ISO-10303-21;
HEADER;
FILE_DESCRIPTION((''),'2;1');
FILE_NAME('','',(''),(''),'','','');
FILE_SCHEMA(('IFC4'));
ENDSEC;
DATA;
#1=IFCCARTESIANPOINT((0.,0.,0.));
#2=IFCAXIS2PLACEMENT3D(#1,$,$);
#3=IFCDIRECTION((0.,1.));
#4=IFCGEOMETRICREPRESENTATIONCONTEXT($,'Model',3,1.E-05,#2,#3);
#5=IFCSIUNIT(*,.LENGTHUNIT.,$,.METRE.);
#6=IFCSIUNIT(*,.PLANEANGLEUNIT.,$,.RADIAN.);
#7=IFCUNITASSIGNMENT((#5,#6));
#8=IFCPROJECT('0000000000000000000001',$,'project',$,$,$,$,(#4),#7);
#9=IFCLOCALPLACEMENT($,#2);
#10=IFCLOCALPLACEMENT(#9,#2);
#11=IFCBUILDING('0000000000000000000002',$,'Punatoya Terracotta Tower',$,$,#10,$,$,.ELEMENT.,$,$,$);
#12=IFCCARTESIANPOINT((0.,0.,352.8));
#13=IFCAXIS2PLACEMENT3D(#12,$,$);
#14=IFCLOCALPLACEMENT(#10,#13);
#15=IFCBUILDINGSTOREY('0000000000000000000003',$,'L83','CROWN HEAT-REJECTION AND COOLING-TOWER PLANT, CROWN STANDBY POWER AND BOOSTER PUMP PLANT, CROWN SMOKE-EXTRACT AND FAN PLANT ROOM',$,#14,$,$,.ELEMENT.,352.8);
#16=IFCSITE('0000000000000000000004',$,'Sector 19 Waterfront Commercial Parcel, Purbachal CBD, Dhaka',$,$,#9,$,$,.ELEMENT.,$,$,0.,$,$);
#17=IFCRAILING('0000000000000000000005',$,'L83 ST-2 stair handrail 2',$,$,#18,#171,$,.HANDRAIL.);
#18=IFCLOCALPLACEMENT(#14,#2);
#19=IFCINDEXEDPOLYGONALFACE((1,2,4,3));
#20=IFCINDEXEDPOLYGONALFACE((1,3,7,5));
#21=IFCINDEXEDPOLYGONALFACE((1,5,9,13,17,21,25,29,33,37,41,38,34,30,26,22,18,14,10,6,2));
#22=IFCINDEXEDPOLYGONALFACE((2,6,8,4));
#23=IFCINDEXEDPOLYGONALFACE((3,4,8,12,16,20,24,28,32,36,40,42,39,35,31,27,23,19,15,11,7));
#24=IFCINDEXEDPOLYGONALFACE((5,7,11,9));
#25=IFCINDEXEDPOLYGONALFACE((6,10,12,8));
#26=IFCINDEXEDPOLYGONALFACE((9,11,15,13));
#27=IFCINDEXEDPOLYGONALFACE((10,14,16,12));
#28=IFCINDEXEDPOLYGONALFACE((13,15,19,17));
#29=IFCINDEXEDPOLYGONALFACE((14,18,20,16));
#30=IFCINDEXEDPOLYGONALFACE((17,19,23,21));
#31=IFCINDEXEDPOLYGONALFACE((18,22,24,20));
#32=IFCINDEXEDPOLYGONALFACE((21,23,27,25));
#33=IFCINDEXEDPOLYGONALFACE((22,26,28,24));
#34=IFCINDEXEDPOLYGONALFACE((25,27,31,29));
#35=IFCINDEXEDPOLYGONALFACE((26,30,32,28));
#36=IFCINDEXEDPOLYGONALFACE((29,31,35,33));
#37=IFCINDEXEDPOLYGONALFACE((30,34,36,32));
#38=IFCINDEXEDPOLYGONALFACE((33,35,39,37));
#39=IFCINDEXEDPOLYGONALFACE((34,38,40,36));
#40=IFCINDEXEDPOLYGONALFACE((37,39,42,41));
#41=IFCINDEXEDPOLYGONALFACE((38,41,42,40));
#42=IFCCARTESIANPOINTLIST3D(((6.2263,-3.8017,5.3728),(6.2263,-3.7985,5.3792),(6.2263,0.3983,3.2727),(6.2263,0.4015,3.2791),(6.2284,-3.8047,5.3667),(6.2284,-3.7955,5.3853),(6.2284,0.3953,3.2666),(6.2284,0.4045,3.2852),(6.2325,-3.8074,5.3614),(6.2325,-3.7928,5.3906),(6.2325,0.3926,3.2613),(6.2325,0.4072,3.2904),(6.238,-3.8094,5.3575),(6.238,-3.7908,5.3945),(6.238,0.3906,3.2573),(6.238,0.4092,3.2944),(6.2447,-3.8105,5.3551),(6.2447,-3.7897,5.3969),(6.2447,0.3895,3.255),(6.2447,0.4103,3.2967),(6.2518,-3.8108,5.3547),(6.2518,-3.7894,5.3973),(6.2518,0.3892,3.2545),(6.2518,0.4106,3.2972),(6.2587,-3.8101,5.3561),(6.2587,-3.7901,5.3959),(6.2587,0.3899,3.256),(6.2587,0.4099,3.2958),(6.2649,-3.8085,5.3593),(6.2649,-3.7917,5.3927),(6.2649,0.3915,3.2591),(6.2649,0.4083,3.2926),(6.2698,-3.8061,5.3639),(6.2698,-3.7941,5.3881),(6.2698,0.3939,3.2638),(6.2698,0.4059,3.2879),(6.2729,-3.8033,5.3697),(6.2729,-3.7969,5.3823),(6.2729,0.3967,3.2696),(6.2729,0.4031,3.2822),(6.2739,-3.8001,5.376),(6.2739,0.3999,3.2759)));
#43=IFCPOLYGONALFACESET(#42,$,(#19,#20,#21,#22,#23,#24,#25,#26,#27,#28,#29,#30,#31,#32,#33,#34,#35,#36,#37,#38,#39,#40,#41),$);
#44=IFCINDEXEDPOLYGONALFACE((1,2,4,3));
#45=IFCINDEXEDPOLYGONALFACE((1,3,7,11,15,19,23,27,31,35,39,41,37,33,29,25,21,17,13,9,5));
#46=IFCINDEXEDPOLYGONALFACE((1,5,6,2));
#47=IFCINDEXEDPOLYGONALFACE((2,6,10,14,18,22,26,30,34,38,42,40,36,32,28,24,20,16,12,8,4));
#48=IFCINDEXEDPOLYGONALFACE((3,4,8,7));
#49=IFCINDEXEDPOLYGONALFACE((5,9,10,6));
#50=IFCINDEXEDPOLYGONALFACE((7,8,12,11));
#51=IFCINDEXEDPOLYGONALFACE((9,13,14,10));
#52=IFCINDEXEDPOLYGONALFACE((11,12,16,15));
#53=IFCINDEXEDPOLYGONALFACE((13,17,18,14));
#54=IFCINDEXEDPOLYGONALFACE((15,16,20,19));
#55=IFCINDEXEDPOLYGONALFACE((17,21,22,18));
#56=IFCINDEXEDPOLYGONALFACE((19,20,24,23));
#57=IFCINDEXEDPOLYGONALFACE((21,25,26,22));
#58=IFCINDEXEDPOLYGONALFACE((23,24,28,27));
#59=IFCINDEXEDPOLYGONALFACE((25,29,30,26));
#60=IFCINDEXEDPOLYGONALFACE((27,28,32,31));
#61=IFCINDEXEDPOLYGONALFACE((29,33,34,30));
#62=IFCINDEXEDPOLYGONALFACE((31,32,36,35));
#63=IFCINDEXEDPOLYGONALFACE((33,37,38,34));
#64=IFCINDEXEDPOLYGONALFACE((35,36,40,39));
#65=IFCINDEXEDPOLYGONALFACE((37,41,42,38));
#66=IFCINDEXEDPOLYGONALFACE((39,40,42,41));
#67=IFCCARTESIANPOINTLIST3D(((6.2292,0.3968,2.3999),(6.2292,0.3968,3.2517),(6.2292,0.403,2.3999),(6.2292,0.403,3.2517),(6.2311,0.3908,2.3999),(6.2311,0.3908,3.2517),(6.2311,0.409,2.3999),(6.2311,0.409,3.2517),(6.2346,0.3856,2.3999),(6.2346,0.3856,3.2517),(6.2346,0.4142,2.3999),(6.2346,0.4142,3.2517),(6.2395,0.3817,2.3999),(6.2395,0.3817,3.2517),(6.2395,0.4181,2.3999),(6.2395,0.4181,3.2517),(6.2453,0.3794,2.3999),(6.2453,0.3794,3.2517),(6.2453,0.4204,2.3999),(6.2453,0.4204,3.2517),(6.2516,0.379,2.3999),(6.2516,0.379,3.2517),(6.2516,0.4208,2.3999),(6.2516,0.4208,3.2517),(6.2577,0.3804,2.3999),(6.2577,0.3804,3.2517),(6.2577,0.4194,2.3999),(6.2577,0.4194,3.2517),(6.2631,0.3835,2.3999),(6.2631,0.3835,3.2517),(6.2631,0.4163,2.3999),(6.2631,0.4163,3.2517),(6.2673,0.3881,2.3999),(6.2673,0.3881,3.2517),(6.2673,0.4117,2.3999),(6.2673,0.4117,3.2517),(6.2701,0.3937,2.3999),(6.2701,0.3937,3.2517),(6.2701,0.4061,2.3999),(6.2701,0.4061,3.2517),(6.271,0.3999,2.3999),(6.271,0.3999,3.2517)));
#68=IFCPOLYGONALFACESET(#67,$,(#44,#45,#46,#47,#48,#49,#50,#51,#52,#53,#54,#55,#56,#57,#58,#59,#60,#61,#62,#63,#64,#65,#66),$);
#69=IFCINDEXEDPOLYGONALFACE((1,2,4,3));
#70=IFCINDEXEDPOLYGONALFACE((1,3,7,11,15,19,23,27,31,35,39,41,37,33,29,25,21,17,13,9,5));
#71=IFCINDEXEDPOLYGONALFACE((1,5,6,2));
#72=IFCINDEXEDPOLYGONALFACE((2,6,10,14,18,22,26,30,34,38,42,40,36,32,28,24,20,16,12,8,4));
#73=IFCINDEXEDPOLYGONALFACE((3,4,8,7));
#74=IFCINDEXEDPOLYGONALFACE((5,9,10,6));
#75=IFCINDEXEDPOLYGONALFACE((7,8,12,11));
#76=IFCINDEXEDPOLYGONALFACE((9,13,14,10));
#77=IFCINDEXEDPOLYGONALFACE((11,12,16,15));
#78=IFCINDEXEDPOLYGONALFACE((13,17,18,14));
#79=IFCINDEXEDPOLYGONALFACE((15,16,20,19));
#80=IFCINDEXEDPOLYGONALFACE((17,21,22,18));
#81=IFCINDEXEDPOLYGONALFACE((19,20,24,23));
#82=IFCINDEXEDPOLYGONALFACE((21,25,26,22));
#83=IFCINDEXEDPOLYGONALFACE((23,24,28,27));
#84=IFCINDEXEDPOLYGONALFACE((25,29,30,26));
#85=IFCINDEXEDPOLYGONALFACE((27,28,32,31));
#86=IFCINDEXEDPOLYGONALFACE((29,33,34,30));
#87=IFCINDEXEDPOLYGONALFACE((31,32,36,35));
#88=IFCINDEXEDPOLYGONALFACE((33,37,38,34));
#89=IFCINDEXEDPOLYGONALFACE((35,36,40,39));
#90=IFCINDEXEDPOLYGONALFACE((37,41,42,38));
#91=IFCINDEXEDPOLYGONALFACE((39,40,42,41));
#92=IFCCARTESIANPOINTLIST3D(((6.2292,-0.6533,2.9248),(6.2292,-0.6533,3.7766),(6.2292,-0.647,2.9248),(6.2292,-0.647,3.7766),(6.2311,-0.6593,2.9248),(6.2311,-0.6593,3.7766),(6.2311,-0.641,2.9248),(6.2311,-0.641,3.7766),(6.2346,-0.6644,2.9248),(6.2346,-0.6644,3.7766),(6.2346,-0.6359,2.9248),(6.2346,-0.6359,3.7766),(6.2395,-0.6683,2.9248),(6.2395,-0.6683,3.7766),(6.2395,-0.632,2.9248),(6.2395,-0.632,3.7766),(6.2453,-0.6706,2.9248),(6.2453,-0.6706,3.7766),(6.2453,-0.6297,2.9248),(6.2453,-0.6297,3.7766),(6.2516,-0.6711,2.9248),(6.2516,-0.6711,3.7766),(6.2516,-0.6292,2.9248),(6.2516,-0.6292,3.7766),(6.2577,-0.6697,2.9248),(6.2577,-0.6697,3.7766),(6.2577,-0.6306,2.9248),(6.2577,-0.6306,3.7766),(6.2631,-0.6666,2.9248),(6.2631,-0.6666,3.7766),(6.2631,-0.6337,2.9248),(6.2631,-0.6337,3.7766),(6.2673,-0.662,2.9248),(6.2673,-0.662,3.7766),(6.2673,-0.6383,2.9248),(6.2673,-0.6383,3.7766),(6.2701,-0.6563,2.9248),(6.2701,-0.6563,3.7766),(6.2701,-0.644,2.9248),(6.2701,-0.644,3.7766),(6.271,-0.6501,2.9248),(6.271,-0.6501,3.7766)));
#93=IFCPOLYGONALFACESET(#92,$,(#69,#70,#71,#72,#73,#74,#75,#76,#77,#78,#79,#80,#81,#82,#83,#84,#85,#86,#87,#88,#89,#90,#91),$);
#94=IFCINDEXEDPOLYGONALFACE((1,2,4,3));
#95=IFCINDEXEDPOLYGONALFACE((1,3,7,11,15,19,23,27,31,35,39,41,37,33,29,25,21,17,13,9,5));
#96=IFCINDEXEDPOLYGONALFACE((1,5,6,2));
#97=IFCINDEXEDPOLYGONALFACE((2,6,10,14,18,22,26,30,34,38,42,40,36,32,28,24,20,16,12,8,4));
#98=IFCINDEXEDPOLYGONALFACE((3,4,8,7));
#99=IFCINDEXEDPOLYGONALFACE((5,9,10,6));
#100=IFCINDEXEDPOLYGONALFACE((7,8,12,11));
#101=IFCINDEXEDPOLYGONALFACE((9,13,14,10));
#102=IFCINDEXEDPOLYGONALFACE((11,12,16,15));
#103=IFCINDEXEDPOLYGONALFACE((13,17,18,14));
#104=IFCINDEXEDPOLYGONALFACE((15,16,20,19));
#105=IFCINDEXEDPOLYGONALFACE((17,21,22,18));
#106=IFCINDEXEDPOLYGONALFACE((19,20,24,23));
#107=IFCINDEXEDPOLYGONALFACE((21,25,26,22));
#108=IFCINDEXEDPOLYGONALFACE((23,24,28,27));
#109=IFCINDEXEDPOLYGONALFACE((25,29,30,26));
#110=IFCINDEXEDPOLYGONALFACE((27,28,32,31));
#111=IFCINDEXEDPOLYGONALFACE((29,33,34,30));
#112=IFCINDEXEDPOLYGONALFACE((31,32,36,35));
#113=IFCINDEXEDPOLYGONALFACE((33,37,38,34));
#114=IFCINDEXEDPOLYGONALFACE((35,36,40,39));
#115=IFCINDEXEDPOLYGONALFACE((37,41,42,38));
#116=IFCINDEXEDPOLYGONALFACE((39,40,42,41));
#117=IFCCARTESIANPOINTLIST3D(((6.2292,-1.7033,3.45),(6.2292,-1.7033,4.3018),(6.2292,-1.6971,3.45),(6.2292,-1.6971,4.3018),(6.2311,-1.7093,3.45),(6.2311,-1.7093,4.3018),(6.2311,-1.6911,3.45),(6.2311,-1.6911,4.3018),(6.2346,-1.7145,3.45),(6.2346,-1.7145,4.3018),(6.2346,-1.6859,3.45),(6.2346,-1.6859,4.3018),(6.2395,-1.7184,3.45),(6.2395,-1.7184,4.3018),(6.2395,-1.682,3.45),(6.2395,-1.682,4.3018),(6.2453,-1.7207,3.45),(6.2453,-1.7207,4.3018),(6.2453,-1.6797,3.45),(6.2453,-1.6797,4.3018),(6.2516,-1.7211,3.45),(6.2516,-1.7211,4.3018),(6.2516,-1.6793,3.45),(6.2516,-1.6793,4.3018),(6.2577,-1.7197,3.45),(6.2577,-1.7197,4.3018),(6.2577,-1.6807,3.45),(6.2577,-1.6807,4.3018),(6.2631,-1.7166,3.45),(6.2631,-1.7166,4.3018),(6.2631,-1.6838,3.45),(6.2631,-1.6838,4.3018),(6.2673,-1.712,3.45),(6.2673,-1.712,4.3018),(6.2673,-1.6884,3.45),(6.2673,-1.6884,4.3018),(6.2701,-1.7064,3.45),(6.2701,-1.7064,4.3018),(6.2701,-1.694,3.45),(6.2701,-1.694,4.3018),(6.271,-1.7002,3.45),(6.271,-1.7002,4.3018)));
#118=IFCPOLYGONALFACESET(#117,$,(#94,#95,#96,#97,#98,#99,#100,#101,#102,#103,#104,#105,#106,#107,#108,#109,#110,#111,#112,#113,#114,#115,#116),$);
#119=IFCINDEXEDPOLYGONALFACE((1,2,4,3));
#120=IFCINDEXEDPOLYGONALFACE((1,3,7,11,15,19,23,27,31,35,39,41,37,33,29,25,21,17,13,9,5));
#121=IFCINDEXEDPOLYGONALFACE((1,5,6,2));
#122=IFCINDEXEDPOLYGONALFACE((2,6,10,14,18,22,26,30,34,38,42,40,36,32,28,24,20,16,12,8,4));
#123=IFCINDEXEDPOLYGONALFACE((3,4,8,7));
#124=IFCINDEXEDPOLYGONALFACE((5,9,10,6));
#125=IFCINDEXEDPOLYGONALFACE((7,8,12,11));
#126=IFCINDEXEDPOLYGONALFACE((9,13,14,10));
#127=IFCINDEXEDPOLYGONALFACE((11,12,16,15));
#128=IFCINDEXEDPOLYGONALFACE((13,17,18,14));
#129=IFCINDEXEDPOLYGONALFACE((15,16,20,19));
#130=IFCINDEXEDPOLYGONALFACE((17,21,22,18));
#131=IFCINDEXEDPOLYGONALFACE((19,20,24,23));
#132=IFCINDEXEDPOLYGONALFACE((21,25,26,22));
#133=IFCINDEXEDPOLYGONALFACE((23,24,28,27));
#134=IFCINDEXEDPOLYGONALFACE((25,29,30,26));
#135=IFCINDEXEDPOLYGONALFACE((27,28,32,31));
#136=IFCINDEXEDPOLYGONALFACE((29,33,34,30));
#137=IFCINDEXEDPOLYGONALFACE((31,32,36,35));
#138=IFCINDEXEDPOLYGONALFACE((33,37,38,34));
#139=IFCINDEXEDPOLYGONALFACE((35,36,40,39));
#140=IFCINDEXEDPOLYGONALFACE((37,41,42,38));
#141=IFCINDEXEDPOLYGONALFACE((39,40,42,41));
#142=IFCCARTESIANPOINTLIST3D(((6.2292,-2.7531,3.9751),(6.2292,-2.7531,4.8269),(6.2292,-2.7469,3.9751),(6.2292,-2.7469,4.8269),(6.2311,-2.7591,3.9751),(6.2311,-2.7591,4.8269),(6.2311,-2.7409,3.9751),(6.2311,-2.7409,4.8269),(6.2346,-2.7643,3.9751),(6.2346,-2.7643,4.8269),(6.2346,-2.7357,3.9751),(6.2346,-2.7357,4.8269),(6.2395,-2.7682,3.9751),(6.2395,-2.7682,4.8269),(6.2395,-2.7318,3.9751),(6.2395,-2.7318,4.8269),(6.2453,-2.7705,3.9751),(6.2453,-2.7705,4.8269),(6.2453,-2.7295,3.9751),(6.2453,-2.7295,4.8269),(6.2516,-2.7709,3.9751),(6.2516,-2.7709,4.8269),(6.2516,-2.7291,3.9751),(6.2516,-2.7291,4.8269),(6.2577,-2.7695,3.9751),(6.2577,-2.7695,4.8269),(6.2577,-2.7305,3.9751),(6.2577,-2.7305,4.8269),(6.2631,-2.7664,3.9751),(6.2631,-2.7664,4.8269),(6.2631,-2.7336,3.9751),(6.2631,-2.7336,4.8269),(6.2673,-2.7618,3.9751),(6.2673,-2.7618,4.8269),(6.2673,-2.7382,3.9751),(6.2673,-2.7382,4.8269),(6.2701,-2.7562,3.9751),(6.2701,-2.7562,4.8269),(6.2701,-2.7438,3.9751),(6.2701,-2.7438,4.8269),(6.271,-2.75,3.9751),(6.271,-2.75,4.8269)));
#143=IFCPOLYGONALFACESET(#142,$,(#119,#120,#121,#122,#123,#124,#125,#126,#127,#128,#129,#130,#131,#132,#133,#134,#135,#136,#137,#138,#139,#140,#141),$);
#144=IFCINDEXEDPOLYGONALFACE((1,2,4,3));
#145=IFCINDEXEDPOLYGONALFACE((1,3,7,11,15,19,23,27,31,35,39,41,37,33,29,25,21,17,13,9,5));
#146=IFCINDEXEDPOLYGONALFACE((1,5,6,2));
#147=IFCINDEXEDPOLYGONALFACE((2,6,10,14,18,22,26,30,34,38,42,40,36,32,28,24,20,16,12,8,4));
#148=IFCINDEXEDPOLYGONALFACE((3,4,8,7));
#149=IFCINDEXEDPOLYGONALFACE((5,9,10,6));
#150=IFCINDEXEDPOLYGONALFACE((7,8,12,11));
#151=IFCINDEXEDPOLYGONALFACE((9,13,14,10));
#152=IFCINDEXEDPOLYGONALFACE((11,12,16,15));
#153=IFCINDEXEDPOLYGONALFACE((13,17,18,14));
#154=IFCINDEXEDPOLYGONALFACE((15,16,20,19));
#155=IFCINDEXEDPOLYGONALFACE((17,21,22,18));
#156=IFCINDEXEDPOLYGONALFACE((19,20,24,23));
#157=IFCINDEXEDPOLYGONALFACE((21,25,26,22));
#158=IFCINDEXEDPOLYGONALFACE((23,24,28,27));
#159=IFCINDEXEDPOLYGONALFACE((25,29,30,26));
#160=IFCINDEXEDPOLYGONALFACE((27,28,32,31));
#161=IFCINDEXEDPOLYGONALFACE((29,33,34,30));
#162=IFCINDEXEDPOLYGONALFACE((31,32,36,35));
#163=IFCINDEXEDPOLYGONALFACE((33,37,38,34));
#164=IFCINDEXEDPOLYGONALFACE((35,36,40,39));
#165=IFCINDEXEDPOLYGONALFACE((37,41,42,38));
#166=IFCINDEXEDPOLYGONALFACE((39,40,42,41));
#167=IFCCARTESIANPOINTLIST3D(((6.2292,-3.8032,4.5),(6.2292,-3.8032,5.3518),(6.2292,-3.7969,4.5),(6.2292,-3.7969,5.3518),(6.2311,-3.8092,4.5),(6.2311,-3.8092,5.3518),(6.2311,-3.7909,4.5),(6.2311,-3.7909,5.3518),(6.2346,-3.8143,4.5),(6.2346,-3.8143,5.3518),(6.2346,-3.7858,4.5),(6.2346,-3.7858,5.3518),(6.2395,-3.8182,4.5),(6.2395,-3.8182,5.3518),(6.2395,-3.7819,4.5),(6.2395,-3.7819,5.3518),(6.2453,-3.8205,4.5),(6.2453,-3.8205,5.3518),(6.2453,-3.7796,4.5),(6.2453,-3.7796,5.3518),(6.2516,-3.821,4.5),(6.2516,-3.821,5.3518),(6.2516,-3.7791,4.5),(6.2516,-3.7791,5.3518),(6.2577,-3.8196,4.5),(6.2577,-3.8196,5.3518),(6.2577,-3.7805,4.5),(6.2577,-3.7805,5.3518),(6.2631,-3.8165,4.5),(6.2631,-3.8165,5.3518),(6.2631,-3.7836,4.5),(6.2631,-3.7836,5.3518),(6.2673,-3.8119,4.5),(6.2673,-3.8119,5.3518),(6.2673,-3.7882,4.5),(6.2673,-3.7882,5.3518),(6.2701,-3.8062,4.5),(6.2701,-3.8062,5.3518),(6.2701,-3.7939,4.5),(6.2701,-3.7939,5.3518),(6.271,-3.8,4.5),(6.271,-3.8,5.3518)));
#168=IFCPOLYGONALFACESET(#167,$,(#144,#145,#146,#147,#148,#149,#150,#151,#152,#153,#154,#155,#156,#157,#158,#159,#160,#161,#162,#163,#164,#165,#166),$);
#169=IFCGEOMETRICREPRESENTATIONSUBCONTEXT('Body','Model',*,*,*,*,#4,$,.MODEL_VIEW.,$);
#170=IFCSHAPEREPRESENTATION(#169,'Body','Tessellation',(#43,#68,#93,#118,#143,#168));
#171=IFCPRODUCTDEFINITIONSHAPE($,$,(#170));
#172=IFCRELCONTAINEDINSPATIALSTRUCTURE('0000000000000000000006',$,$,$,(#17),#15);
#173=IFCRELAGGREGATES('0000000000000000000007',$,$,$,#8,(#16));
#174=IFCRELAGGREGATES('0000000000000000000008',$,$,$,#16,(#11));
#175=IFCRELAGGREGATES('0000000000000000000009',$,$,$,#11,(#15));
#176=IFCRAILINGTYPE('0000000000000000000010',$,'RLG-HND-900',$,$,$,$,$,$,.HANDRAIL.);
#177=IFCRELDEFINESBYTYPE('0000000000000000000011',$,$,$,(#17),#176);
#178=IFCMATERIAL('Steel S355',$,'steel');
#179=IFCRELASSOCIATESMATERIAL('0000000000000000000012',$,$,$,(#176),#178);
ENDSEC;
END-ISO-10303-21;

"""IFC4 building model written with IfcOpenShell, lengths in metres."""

from ifc_helpers import new_model, si_unit, direction, frame, origin, origin_2d, place, context, subcontext, project, spatial, circle, extrude, material, type_object, element, save


model = new_model("IFC4")

# Units and contexts
model_context = context("Model", 3, precision=1e-05, world=origin(), true_north=direction((0.0, 1.0)))
body_context = subcontext(model_context, "Body", "Model", "MODEL_VIEW")
ifc_project = project(units=[si_unit("LENGTHUNIT", "METRE"), si_unit("PLANEANGLEUNIT", "RADIAN")], contexts=[model_context])

# Site, building, storey
site_placement = place(None, origin())
site = spatial("IfcSite", under=ifc_project, at=site_placement, Name="Sector 19 Waterfront Commercial Parcel, Purbachal CBD, Dhaka", CompositionType="ELEMENT", RefElevation=0.0)
building_placement = place(site_placement, origin())
building = spatial("IfcBuilding", under=site, at=building_placement, Name="Punatoya Terracotta Tower", CompositionType="ELEMENT")
storey_placement = place(building_placement, frame((0.0, 0.0, 352.8)))
storey = spatial("IfcBuildingStorey", under=building, at=storey_placement, Name="L83", Description="CROWN HEAT-REJECTION AND COOLING-TOWER PLANT, CROWN STANDBY POWER AND BOOSTER PUMP PLANT, CROWN SMOKE-EXTRACT AND FAN PLANT ROOM", CompositionType="ELEMENT", Elevation=352.8)

# Shared definitions
ifc_material_1 = material(Name="Steel S355", Category="steel")

# Railing
railing_type_1 = type_object("IfcRailingType", Name="RLG-HND-900", PredefinedType="HANDRAIL", material=ifc_material_1)
railing_1_placement = place(storey_placement, frame((6.25, 0.3999, 2.3999)))
element("IfcRailing", 1, at=railing_1_placement, inside=storey, type_object=railing_type_1, Name="L83 ST-2 stair handrail 2", PredefinedType="HANDRAIL", context=body_context, shape_type="SweptSolid", body=[
    extrude(circle(Radius=0.0239, at=origin_2d()), frame((0.0, 0.0, 0.876), z_axis=(0.0, -0.894417, 0.447234), x_axis=(1.0, 0.0, 0.0)), (0.0, 0.0, 1.0), 4.6958),
    extrude(circle(Radius=0.021, at=origin_2d()), origin(), (0.0, 0.0, 1.0), 0.8518),
    extrude(circle(Radius=0.021, at=origin_2d()), frame((0.0, -1.05, 0.5249)), (0.0, 0.0, 1.0), 0.8518),
    extrude(circle(Radius=0.021, at=origin_2d()), frame((0.0, -2.1001, 1.05)), (0.0, 0.0, 1.0), 0.8518),
    extrude(circle(Radius=0.021, at=origin_2d()), frame((0.0, -3.1499, 1.5752)), (0.0, 0.0, 1.0), 0.8518),
    extrude(circle(Radius=0.021, at=origin_2d()), frame((0.0, -4.2, 2.1001)), (0.0, 0.0, 1.0), 0.8518),
])

save(model, "model.ifc")
